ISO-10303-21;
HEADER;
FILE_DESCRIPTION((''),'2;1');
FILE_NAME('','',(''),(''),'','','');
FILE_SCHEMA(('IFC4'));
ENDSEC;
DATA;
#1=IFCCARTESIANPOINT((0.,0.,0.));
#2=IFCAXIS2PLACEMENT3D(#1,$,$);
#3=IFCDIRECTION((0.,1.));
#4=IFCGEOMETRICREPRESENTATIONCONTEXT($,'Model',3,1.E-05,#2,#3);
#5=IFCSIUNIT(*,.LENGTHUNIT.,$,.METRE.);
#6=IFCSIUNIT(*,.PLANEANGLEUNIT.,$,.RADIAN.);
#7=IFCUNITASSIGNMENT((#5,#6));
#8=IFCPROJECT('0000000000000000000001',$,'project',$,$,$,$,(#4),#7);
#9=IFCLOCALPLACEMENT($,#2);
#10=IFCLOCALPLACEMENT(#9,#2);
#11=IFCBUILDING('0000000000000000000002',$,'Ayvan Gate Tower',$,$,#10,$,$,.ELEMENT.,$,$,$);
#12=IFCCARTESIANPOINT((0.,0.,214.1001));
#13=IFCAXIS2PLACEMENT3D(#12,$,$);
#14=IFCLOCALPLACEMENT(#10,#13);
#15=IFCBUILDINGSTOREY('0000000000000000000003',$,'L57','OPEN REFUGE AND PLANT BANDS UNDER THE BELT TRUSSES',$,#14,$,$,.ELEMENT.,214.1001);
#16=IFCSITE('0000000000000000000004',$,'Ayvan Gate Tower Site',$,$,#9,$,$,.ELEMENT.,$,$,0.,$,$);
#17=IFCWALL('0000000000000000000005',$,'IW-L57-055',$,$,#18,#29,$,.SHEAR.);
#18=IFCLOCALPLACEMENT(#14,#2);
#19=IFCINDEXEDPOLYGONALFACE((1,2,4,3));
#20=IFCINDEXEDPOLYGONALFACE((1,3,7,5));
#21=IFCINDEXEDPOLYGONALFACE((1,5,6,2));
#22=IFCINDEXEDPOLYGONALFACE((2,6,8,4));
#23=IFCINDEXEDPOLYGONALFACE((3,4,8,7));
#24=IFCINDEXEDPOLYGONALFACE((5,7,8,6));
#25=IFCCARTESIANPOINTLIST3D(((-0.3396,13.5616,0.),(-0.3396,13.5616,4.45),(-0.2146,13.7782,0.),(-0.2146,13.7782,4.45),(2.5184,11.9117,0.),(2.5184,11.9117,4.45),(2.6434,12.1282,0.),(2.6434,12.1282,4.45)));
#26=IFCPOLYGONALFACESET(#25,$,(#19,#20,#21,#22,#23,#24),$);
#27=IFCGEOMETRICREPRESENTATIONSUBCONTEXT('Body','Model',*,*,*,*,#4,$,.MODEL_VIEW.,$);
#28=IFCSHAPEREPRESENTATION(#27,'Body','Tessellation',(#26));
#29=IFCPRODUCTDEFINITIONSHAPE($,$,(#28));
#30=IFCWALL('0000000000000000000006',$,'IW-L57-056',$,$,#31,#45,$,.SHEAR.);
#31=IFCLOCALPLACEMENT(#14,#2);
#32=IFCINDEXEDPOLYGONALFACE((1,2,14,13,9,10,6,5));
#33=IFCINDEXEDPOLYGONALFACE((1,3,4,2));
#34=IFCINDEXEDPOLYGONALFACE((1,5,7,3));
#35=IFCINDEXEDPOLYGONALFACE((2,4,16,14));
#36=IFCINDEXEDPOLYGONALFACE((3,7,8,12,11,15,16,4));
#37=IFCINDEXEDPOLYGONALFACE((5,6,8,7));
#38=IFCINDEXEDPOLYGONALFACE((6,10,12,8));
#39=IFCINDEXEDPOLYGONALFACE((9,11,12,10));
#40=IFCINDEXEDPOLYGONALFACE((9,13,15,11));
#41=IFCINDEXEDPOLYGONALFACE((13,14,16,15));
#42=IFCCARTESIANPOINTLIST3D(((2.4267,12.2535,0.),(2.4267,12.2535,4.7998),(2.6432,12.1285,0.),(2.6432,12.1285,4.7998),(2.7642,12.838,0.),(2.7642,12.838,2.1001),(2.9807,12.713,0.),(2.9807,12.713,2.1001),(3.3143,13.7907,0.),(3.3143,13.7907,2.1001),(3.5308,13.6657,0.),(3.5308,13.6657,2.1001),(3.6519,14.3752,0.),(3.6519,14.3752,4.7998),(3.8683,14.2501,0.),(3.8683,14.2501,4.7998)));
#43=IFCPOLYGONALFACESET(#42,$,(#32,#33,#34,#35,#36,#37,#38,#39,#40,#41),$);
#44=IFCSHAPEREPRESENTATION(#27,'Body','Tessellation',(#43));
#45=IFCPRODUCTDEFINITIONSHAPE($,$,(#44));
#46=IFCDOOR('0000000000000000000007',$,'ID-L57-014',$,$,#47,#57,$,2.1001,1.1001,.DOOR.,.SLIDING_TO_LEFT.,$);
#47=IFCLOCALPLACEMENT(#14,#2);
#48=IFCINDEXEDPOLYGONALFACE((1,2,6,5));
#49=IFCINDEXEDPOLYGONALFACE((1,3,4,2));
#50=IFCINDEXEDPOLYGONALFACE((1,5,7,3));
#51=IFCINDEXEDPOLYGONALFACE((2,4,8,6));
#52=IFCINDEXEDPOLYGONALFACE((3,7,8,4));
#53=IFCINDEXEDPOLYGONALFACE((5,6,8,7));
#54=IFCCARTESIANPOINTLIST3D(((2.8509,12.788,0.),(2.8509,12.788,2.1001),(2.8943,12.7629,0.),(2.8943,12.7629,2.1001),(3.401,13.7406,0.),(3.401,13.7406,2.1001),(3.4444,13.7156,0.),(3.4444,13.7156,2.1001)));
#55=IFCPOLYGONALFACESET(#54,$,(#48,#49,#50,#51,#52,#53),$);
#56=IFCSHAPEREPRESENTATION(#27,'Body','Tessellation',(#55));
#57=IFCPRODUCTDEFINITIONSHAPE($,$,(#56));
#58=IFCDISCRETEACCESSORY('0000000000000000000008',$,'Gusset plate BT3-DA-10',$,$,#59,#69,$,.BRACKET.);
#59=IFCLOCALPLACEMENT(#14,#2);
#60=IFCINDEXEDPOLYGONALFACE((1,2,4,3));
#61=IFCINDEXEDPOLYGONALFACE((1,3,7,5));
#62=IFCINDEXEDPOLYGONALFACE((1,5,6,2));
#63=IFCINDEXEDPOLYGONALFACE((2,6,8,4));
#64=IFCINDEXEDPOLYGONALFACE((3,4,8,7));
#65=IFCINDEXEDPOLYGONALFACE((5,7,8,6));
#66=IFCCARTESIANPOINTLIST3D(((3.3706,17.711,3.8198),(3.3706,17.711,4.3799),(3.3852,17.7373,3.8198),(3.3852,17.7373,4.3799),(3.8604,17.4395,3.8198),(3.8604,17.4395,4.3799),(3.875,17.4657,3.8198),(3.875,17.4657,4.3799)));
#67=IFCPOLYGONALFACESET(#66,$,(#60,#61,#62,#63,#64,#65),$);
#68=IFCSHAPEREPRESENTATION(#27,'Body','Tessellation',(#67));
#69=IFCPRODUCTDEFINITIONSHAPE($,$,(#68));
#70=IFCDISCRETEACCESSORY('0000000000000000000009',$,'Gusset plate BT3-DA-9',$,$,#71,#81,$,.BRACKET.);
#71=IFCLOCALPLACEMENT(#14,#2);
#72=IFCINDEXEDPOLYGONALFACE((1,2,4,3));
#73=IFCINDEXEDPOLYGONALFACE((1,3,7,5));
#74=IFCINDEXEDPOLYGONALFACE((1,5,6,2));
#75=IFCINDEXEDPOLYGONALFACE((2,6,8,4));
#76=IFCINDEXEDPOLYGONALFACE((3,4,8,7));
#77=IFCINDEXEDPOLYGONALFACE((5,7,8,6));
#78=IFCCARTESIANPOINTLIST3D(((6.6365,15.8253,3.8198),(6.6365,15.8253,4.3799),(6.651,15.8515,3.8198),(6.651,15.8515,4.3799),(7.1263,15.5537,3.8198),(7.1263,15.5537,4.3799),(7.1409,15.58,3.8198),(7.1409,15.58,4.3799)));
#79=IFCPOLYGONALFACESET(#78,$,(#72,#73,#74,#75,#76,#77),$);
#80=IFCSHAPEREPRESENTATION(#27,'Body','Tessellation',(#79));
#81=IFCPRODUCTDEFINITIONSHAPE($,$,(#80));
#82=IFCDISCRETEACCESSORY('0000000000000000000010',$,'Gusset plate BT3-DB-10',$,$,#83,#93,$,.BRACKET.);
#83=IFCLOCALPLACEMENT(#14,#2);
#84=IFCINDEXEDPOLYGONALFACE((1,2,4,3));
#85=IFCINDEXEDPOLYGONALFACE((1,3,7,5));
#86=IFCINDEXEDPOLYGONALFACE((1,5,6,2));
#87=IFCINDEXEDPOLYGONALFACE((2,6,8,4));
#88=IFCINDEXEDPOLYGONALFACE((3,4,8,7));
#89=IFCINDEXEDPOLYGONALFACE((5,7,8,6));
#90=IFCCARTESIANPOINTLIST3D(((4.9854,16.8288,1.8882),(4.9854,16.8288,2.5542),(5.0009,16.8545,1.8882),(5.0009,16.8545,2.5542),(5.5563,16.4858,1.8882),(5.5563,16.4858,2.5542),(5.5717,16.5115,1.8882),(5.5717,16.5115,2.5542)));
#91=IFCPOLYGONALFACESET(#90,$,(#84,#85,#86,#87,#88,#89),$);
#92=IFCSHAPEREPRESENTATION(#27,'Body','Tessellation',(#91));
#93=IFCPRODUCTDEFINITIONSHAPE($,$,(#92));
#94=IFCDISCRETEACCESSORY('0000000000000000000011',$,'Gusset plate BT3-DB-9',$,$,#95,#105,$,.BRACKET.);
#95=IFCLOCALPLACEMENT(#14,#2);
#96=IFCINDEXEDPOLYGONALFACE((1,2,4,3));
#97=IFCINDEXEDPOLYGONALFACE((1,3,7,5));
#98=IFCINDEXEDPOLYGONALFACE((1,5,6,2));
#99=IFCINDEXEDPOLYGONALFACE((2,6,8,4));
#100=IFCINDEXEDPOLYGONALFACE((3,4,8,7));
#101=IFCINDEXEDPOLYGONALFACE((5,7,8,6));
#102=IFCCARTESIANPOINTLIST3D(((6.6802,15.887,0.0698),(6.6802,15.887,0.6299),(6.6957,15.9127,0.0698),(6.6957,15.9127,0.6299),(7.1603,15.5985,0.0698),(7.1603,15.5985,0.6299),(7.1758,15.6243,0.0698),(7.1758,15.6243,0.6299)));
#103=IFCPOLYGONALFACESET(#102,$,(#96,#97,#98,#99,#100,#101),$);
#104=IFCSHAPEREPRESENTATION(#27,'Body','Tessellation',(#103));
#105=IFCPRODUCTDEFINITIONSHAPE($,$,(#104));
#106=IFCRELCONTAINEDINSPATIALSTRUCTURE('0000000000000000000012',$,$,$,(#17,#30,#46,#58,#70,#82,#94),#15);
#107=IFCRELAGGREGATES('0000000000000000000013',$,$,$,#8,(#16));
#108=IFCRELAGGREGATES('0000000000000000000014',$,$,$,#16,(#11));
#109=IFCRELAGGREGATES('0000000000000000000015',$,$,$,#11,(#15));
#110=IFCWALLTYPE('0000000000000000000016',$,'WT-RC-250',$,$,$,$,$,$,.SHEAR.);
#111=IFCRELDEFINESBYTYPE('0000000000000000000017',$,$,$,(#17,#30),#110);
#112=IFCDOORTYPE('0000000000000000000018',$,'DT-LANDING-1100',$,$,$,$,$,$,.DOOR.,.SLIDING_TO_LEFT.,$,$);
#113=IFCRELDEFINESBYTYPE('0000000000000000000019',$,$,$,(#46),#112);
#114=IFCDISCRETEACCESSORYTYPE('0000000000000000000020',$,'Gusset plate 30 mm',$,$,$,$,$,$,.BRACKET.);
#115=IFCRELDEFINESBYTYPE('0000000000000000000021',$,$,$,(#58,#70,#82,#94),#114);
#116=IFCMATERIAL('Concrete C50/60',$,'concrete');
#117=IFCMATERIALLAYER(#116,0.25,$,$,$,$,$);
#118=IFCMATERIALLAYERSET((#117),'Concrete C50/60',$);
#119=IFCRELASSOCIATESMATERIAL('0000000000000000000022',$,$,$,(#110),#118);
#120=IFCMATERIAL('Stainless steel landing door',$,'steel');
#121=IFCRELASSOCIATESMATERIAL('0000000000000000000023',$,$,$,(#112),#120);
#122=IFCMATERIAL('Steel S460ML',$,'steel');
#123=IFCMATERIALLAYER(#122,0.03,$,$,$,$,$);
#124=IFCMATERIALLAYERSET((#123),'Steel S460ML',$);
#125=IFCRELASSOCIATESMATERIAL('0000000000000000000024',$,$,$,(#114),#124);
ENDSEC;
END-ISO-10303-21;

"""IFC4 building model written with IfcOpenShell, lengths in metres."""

from ifc_helpers import new_model, si_unit, direction, frame, frame_2d, origin, origin_2d, place, context, subcontext, project, spatial, rectangle, extrude, material, layer, layer_set, type_object, element, fill, save


model = new_model("IFC4")

# Units and contexts
model_context = context("Model", 3, precision=1e-05, world=origin(), true_north=direction((0.0, 1.0)))
body_context = subcontext(model_context, "Body", "Model", "MODEL_VIEW")
ifc_project = project(units=[si_unit("LENGTHUNIT", "METRE"), si_unit("PLANEANGLEUNIT", "RADIAN")], contexts=[model_context])

# Site, building, storey
site_placement = place(None, origin())
site = spatial("IfcSite", under=ifc_project, at=site_placement, Name="Ayvan Gate Tower Site", CompositionType="ELEMENT", RefElevation=0.0)
building_placement = place(site_placement, origin())
building = spatial("IfcBuilding", under=site, at=building_placement, Name="Ayvan Gate Tower", CompositionType="ELEMENT")
storey_placement = place(building_placement, frame((0.0, 0.0, 214.1001)))
storey = spatial("IfcBuildingStorey", under=building, at=storey_placement, Name="L57", Description="OPEN REFUGE AND PLANT BANDS UNDER THE BELT TRUSSES", CompositionType="ELEMENT", Elevation=214.1001)

# Shared definitions
ifc_material_1 = material(Name="Steel S460ML", Category="steel")

# Wall
ifc_material_2 = material(Name="Concrete C50/60", Category="concrete")
ifc_layer_1 = layer(ifc_material_2, 0.25)
ifc_layer_set_1 = layer_set([ifc_layer_1], Name="Concrete C50/60")
wall_type_1 = type_object("IfcWallType", Name="WT-RC-250", PredefinedType="SHEAR", material=ifc_layer_set_1)
for number, where, z_axis, x_axis, name in (
    (1, (2.5808, 12.02, 0.0), (0.0, 0.0, 1.0), (-0.86604, 0.499974, 0.0), "IW-L57-055"),
):
    element("IfcWall", number, at=place(storey_placement, frame(where, z_axis=z_axis, x_axis=x_axis)), inside=storey, type_object=wall_type_1, Name=name, PredefinedType="SHEAR", context=body_context, shape_type="SweptSolid", body=[
        extrude(rectangle(XDim=3.3, YDim=0.25, at=frame_2d((1.6499, 0.0))), origin(), (0.0, 0.0, 1.0), 4.45),
    ])

# Wall, opening, door
wall_1_placement = place(storey_placement, frame((2.5349, 12.1909, 0.0), z_axis=(0.0, 0.0, 1.0), x_axis=(0.500062, 0.86599, 0.0)))
wall_1 = element("IfcWall", 2, at=wall_1_placement, inside=storey, type_object=wall_type_1, Name="IW-L57-056", PredefinedType="SHEAR", context=body_context, shape_type="SweptSolid", body=[
    extrude(rectangle(XDim=2.45, YDim=0.25, at=frame_2d((1.2251, 0.0))), origin(), (0.0, 0.0, 1.0), 4.7998),
])
opening_placement = place(wall_1_placement, frame((0.675, 0.0, 0.0)))
opening = element("IfcOpeningElement", 3, at=opening_placement, cuts=wall_1, PredefinedType="OPENING", context=body_context, shape_type="SweptSolid", body=[
    extrude(rectangle(XDim=1.1001, YDim=2.1001, at=frame_2d((0.55, 1.05))), frame((0.0, 0.135, 0.0), z_axis=(0.0, -1.0, 0.0), x_axis=(1.0, 0.0, 0.0)), (0.0, 0.0, 1.0), 0.27),
])
ifc_material_3 = material(Name="Stainless steel landing door", Category="steel")
door_type = type_object("IfcDoorType", Name="DT-LANDING-1100", OperationType="SLIDING_TO_LEFT", PredefinedType="DOOR", material=ifc_material_3)
door_placement = place(opening_placement, origin())
door = element("IfcDoor", 4, at=door_placement, inside=storey, type_object=door_type, Name="ID-L57-014", OperationType="SLIDING_TO_LEFT", OverallHeight=2.1001, OverallWidth=1.1001, PredefinedType="DOOR", context=body_context, shape_type="SweptSolid", body=[
    extrude(rectangle(XDim=1.1001, YDim=2.1001, at=frame_2d((0.55, 1.05))), frame((0.0, 0.0249, 0.0), z_axis=(0.0, -1.0, 0.0), x_axis=(1.0, 0.0, 0.0)), (0.0, 0.0, 1.0), 0.05),
])
fill(opening, door)

# Discrete accessories
ifc_layer_2 = layer(ifc_material_1, 0.03)
ifc_layer_set_2 = layer_set([ifc_layer_2], Name="Steel S460ML")
discrete_accessory_type = type_object("IfcDiscreteAccessoryType", Name="Gusset plate 30 mm", PredefinedType="BRACKET", material=ifc_layer_set_2)
for number, where, z_axis, x_axis, name in (
    (5, (3.6228, 17.5884, 3.8198), (0.0, 0.0, 1.0), (-0.874555, 0.484926, 0.0), "Gusset plate BT3-DA-10"),
    (6, (6.8887, 15.7026, 3.8198), (0.0, 0.0, 1.0), (-0.874589, 0.484865, 0.0), "Gusset plate BT3-DA-9"),
):
    element("IfcDiscreteAccessory", number, at=place(storey_placement, frame(where, z_axis=z_axis, x_axis=x_axis)), inside=storey, type_object=discrete_accessory_type, Name=name, PredefinedType="BRACKET", context=body_context, shape_type="SweptSolid", body=[
        extrude(rectangle(XDim=0.5601, YDim=0.03, at=origin_2d()), origin(), (0.0, 0.0, 1.0), 0.5601),
    ])
discrete_accessory_1_placement = place(storey_placement, frame((5.2786, 16.6702, 1.8882), z_axis=(0.0, 0.0, 1.0), x_axis=(-0.857164, 0.515044, 0.0)))
element("IfcDiscreteAccessory", 7, at=discrete_accessory_1_placement, inside=storey, type_object=discrete_accessory_type, Name="Gusset plate BT3-DB-10", PredefinedType="BRACKET", context=body_context, shape_type="SweptSolid", body=[
    extrude(rectangle(XDim=0.666, YDim=0.03, at=origin_2d()), origin(), (0.0, 0.0, 1.0), 0.666),
])
discrete_accessory_2_placement = place(storey_placement, frame((6.928, 15.7556, 0.0698), z_axis=(0.0, 0.0, 1.0), x_axis=(-0.8572, 0.514984, 0.0)))
element("IfcDiscreteAccessory", 8, at=discrete_accessory_2_placement, inside=storey, type_object=discrete_accessory_type, Name="Gusset plate BT3-DB-9", PredefinedType="BRACKET", context=body_context, shape_type="SweptSolid", body=[
    extrude(rectangle(XDim=0.5601, YDim=0.03, at=origin_2d()), origin(), (0.0, 0.0, 1.0), 0.5601),
])

save(model, "model.ifc")
